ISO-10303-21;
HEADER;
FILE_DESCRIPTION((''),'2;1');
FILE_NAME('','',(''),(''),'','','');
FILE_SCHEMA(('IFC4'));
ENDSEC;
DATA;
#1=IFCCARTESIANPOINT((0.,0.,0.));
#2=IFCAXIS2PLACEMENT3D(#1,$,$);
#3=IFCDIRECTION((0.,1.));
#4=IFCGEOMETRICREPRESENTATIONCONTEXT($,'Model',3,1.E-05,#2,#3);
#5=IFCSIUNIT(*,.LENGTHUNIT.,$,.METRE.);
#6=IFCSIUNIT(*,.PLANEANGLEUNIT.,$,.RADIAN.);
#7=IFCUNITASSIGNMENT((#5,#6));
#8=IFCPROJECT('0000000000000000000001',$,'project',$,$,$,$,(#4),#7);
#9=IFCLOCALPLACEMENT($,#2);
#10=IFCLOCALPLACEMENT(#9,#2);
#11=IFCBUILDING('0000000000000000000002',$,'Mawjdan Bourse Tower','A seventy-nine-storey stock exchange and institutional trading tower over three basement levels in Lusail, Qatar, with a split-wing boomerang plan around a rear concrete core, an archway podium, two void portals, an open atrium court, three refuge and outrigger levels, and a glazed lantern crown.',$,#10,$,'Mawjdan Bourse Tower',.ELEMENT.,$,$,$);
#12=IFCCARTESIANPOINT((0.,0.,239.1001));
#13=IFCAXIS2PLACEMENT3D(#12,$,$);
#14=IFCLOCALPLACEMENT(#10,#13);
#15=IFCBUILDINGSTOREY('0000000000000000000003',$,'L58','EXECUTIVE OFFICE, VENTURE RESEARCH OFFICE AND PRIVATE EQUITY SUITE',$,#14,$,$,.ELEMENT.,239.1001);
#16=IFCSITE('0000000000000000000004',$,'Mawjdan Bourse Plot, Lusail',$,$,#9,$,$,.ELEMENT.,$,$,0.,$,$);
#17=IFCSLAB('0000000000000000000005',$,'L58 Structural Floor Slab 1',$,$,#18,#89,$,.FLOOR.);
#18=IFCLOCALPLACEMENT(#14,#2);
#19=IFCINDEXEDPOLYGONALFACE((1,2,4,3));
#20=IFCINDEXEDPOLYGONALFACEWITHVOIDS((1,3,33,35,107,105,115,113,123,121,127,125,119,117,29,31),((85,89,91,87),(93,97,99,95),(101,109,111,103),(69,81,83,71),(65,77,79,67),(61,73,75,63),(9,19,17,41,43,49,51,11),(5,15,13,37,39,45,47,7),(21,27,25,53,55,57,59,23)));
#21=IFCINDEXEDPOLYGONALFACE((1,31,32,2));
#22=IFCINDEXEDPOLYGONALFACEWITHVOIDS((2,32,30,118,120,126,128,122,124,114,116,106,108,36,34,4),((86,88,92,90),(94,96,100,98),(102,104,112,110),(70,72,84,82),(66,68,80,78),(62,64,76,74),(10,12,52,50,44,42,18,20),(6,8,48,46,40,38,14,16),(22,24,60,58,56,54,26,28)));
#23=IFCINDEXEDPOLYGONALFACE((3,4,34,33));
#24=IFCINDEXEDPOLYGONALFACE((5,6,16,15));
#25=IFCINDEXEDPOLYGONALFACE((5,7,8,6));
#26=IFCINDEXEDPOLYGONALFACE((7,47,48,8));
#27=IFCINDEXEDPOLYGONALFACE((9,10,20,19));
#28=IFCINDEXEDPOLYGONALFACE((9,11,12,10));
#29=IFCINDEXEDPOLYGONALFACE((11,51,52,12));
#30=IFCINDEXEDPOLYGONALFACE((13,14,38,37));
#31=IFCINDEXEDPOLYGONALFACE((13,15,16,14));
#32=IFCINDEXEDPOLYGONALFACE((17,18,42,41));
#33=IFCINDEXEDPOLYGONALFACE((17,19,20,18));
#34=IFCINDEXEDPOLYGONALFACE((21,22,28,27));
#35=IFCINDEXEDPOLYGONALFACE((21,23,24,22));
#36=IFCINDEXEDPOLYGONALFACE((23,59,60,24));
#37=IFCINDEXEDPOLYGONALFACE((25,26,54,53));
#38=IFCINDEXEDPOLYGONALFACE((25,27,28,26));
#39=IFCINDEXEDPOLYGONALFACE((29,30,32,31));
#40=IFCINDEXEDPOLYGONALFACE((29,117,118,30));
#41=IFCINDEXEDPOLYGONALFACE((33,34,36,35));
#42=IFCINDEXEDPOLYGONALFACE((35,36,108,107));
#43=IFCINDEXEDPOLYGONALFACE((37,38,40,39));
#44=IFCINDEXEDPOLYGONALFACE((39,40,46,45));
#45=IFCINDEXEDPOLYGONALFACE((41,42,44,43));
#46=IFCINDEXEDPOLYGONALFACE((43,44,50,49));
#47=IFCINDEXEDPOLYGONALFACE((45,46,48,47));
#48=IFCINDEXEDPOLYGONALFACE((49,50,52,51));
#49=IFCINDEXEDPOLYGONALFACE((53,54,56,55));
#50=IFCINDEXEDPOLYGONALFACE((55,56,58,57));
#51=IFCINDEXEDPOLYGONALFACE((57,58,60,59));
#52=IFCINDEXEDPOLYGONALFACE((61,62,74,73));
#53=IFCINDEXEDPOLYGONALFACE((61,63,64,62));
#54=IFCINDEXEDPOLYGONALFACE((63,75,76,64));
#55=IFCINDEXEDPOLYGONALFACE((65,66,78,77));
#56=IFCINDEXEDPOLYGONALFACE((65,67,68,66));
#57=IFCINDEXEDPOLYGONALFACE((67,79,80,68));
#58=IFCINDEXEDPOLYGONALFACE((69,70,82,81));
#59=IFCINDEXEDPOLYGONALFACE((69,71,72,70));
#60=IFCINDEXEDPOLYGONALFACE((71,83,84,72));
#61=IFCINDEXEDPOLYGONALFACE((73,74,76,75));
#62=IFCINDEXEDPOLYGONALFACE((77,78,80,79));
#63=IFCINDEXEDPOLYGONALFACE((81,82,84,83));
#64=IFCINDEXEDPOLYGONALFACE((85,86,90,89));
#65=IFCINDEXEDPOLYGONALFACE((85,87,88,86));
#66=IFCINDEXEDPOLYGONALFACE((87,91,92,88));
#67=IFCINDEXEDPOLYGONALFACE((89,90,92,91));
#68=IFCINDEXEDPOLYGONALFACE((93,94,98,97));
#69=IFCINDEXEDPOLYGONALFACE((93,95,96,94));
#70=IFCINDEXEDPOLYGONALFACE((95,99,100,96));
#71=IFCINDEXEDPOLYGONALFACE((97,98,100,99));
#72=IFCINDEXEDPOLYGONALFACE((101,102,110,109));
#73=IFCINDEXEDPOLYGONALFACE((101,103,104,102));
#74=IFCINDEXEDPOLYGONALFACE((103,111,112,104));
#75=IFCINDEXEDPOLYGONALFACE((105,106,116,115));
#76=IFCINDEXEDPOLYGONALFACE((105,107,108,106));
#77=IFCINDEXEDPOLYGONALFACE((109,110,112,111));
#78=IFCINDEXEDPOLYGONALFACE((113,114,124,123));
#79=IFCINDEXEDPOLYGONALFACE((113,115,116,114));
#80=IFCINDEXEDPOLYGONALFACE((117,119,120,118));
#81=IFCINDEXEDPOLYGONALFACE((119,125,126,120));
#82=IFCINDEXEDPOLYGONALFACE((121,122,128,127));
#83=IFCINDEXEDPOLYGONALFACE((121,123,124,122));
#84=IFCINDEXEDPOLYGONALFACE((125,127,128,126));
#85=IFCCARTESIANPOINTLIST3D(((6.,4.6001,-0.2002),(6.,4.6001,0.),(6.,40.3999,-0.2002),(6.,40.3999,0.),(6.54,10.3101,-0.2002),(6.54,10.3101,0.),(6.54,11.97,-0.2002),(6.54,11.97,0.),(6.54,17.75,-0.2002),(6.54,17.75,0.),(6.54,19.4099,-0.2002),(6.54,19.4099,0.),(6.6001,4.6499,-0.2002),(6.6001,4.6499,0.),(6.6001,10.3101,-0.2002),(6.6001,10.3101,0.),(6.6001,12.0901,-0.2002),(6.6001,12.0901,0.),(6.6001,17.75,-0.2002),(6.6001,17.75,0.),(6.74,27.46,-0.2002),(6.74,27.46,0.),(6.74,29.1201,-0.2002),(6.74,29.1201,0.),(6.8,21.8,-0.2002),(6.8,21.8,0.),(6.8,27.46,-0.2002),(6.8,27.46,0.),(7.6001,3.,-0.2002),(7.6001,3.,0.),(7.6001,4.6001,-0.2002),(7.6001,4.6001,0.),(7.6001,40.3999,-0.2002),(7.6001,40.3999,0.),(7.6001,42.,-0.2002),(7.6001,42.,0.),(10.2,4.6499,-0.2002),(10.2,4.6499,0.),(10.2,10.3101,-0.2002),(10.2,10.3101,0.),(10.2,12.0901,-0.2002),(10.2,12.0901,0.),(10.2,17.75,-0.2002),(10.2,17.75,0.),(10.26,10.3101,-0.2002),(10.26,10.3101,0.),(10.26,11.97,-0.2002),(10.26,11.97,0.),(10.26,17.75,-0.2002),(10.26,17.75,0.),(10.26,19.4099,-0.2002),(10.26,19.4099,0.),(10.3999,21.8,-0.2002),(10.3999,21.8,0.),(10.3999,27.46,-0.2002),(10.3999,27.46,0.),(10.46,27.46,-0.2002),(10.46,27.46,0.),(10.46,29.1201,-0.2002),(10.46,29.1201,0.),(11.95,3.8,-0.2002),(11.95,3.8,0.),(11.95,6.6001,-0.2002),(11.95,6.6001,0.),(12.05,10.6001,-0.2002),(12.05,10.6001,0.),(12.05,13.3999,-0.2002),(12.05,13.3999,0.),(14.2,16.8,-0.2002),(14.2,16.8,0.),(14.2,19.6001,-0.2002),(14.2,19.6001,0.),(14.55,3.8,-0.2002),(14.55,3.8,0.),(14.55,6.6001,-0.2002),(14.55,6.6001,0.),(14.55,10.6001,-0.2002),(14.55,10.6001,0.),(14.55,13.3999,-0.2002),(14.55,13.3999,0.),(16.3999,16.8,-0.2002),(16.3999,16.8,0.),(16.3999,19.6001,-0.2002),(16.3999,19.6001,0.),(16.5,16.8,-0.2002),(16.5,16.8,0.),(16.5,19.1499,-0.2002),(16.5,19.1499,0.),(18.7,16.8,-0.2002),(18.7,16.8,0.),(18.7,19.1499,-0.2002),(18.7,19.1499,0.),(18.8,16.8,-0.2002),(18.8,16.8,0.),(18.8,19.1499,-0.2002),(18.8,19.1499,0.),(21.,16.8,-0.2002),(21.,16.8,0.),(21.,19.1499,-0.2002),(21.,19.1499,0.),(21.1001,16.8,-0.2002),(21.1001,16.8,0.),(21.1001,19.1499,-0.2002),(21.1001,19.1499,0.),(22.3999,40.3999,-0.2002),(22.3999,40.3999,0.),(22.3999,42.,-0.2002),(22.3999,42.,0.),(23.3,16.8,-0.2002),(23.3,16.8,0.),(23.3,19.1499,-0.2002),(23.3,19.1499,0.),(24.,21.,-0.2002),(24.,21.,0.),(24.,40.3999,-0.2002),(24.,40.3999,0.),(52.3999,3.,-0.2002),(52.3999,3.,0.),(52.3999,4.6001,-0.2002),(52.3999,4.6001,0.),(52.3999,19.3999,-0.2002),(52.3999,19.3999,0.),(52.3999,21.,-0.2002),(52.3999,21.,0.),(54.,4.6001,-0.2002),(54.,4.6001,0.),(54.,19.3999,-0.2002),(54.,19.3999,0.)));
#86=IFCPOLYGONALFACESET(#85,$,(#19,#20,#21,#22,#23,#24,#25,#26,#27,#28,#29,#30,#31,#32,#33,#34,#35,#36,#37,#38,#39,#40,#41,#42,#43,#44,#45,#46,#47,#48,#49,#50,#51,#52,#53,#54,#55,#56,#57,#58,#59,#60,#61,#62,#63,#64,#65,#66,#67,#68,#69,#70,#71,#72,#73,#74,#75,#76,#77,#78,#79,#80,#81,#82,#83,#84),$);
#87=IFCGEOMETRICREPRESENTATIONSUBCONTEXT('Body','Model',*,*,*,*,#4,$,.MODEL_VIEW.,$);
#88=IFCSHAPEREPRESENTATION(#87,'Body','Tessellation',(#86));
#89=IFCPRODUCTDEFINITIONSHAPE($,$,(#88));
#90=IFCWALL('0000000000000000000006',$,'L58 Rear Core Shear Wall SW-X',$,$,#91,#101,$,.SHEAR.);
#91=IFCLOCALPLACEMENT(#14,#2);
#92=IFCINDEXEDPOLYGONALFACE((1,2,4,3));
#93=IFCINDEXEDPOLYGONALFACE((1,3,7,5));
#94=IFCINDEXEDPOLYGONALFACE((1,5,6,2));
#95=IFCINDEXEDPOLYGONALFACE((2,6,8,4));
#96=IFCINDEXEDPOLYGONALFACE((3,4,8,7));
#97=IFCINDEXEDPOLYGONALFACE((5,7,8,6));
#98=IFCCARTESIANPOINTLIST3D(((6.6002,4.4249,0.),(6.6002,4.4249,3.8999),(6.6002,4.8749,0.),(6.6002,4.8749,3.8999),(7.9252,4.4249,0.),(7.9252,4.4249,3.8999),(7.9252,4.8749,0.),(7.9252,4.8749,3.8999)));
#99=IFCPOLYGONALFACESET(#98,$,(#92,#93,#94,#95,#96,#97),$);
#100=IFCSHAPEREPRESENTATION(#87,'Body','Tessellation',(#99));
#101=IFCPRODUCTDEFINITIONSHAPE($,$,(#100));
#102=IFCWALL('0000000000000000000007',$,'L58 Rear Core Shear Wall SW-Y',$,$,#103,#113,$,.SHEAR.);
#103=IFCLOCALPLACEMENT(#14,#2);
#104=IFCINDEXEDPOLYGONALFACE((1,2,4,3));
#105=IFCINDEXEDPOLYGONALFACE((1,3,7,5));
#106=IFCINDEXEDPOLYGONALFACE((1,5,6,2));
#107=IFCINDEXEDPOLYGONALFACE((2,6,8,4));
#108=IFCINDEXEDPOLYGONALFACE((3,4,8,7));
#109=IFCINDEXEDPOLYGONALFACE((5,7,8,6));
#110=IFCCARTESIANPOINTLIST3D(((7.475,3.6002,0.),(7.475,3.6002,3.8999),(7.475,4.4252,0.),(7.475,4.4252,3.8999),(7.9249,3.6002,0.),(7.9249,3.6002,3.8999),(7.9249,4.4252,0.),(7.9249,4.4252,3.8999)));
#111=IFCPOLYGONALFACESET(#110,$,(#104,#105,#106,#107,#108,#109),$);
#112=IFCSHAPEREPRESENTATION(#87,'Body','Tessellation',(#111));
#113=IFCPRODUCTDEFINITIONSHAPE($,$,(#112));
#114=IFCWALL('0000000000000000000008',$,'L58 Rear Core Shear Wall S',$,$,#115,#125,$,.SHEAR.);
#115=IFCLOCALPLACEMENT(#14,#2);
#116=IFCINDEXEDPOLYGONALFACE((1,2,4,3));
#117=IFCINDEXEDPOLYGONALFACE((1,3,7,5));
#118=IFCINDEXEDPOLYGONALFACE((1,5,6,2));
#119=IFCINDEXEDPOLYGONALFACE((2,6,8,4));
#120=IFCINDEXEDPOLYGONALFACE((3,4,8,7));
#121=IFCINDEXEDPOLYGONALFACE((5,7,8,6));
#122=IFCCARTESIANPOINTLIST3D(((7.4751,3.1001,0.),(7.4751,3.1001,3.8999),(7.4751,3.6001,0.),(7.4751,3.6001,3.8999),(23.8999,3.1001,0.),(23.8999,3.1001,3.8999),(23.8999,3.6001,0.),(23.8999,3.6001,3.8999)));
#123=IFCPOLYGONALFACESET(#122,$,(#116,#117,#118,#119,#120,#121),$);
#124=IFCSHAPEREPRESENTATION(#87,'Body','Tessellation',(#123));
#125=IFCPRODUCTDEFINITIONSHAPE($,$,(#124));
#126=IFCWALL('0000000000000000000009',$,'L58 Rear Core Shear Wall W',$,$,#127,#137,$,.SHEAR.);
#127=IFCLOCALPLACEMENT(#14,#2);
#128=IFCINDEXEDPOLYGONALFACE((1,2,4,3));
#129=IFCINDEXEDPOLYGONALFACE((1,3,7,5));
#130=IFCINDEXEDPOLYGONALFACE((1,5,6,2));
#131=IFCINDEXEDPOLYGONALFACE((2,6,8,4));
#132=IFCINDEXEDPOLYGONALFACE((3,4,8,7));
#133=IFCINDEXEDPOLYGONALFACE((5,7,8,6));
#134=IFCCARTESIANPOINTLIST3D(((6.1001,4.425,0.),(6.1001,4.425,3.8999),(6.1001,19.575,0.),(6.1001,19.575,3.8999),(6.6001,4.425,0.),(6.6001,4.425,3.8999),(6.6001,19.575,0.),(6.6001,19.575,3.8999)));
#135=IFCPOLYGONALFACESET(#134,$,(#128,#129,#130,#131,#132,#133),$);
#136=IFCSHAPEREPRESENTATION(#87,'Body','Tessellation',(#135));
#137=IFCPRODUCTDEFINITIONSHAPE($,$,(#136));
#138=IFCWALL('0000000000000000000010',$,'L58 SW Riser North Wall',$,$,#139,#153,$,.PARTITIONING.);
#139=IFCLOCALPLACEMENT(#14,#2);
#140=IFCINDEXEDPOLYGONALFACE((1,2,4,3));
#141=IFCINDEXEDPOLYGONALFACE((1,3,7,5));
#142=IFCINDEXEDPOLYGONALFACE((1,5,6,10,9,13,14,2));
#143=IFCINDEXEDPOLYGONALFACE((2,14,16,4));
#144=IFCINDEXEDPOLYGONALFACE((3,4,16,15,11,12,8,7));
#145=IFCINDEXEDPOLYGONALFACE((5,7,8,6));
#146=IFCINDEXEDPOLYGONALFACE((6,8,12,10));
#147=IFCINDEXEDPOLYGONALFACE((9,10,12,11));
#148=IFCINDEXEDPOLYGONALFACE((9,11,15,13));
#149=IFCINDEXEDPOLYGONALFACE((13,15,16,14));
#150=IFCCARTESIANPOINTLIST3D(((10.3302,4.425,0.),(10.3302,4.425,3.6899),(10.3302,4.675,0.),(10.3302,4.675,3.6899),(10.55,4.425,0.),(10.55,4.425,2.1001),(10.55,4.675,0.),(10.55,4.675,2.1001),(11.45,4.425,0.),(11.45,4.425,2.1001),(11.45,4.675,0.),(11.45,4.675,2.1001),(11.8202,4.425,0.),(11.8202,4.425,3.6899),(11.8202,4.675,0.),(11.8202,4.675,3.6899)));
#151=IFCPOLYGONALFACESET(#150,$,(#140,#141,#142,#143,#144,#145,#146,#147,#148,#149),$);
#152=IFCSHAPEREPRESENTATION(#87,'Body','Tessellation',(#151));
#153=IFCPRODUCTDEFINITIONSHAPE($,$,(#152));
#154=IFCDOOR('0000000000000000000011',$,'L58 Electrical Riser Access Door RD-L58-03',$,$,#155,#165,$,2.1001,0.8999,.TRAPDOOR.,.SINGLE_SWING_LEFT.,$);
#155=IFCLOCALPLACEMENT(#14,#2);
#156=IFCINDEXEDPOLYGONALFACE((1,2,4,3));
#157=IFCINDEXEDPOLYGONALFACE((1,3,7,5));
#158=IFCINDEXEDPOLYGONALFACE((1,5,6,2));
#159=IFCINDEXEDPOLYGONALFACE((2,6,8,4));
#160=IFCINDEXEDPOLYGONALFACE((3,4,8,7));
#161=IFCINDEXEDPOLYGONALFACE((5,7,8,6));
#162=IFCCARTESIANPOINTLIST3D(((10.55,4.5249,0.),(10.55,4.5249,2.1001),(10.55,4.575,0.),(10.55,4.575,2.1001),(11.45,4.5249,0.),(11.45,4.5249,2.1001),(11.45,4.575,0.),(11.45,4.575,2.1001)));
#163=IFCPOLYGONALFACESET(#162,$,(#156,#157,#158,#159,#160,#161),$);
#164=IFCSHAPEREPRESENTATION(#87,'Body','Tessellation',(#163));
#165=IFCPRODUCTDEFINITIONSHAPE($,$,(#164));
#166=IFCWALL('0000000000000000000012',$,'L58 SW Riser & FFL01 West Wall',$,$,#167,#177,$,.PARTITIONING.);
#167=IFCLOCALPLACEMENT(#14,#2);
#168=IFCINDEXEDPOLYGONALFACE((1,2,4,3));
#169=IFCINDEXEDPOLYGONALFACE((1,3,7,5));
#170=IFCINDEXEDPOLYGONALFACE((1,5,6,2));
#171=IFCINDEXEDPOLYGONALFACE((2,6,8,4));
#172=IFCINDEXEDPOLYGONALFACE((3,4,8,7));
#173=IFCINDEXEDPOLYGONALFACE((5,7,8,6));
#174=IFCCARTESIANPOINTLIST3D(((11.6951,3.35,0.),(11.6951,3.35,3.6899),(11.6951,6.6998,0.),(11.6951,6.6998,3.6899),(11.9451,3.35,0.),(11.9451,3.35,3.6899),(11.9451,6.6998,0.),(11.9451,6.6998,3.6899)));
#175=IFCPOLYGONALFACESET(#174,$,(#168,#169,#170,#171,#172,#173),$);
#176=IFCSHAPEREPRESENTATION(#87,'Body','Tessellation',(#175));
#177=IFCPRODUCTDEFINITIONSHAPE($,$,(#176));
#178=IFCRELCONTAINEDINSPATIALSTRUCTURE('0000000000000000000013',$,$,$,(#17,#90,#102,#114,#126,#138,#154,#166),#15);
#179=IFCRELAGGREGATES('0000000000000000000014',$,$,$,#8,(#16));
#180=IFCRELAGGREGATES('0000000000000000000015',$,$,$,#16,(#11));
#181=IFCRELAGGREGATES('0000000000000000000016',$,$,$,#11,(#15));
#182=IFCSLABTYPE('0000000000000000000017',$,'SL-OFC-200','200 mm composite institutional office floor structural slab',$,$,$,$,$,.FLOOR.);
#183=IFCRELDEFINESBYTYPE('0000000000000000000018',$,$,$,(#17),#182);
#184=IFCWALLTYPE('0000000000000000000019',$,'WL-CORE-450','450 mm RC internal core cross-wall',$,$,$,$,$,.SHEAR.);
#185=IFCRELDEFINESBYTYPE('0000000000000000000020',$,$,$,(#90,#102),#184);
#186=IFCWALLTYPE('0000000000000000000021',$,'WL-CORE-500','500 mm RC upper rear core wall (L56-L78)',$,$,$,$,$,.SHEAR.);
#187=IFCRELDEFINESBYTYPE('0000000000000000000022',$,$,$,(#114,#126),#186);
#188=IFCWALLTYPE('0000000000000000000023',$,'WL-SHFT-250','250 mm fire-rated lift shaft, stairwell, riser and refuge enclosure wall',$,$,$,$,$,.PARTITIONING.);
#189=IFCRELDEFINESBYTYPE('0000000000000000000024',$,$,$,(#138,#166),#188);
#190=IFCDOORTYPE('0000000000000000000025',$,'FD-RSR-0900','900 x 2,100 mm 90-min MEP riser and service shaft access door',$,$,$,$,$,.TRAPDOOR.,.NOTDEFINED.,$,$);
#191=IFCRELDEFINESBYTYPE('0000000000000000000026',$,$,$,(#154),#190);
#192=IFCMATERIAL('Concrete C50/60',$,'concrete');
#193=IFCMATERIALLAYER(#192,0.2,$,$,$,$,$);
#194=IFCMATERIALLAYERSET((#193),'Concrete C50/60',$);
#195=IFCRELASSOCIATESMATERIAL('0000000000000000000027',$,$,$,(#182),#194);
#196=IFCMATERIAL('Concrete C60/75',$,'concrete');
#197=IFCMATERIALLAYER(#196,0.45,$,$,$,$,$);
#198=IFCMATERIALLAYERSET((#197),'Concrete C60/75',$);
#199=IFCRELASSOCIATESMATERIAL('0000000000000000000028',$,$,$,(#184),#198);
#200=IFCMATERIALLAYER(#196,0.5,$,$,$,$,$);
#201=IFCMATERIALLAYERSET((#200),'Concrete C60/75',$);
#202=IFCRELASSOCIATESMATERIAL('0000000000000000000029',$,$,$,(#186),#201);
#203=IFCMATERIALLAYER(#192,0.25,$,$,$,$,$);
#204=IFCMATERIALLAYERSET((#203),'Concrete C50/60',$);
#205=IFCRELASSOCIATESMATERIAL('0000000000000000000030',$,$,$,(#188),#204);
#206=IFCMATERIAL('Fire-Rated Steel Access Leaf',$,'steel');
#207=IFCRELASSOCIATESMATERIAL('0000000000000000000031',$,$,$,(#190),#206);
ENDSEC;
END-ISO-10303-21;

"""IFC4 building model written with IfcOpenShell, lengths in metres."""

from ifc_helpers import new_model, si_unit, direction, frame, frame_2d, origin, place, context, subcontext, project, spatial, polyline, rectangle, outline, extrude, material, layer, layer_set, type_object, element, fill, save


model = new_model("IFC4")

# Units and contexts
model_context = context("Model", 3, precision=1e-05, world=origin(), true_north=direction((0.0, 1.0)))
body_context = subcontext(model_context, "Body", "Model", "MODEL_VIEW")
ifc_project = project(units=[si_unit("LENGTHUNIT", "METRE"), si_unit("PLANEANGLEUNIT", "RADIAN")], contexts=[model_context])

# Site, building, storey
site_placement = place(None, origin())
site = spatial("IfcSite", under=ifc_project, at=site_placement, Name="Mawjdan Bourse Plot, Lusail", CompositionType="ELEMENT", RefElevation=0.0)
building_placement = place(site_placement, origin())
building = spatial("IfcBuilding", under=site, at=building_placement, Name="Mawjdan Bourse Tower", Description="A seventy-nine-storey stock exchange and institutional trading tower over three basement levels in Lusail, Qatar, with a split-wing boomerang plan around a rear concrete core, an archway podium, two void portals, an open atrium court, three refuge and outrigger levels, and a glazed lantern crown.", LongName="Mawjdan Bourse Tower", CompositionType="ELEMENT")
storey_placement = place(building_placement, frame((0.0, 0.0, 239.1001)))
storey = spatial("IfcBuildingStorey", under=building, at=storey_placement, Name="L58", Description="EXECUTIVE OFFICE, VENTURE RESEARCH OFFICE AND PRIVATE EQUITY SUITE", CompositionType="ELEMENT", Elevation=239.1001)

# Shared definitions
ifc_material_1 = material(Name="Concrete C50/60", Category="concrete")

# Slab
ifc_layer_1 = layer(ifc_material_1, 0.2)
ifc_layer_set_1 = layer_set([ifc_layer_1], Name="Concrete C50/60")
slab_type_1 = type_object("IfcSlabType", Name="SL-OFC-200", Description="200 mm composite institutional office floor structural slab", PredefinedType="FLOOR", material=ifc_layer_set_1)
slab_1_placement = place(storey_placement, frame((0.0, 0.0, -0.2002)))
element("IfcSlab", 1, at=slab_1_placement, inside=storey, type_object=slab_type_1, Name="L58 Structural Floor Slab 1", PredefinedType="FLOOR", context=body_context, shape_type="SweptSolid", body=[
    extrude(outline(polyline([(7.6001, 3.0), (52.3999, 3.0), (52.3999, 4.6001), (54.0, 4.6001), (54.0, 19.3999), (52.3999, 19.3999), (52.3999, 21.0), (24.0, 21.0), (24.0, 40.3999), (22.3999, 40.3999), (22.3999, 42.0), (7.6001, 42.0), (7.6001, 40.3999), (6.0, 40.3999), (6.0, 4.6001), (7.6001, 4.6001), (7.6001, 3.0)]), holes=[polyline([(6.54, 11.97), (10.26, 11.97), (10.26, 10.3101), (10.2, 10.3101), (10.2, 4.6499), (6.6001, 4.6499), (6.6001, 10.3101), (6.54, 10.3101), (6.54, 11.97)]), polyline([(6.6001, 12.0901), (6.6001, 17.75), (6.54, 17.75), (6.54, 19.4099), (10.26, 19.4099), (10.26, 17.75), (10.2, 17.75), (10.2, 12.0901), (6.6001, 12.0901)]), polyline([(10.46, 29.1201), (10.46, 27.46), (10.3999, 27.46), (10.3999, 21.8), (6.8, 21.8), (6.8, 27.46), (6.74, 27.46), (6.74, 29.1201), (10.46, 29.1201)]), polyline([(14.55, 3.8), (11.95, 3.8), (11.95, 6.6001), (14.55, 6.6001), (14.55, 3.8)]), polyline([(12.05, 10.6001), (12.05, 13.3999), (14.55, 13.3999), (14.55, 10.6001), (12.05, 10.6001)]), polyline([(16.5, 16.8), (16.5, 19.1499), (18.7, 19.1499), (18.7, 16.8), (16.5, 16.8)]), polyline([(21.0, 16.8), (18.8, 16.8), (18.8, 19.1499), (21.0, 19.1499), (21.0, 16.8)]), polyline([(21.1001, 16.8), (21.1001, 19.1499), (23.3, 19.1499), (23.3, 16.8), (21.1001, 16.8)]), polyline([(14.2, 16.8), (14.2, 19.6001), (16.3999, 19.6001), (16.3999, 16.8), (14.2, 16.8)])]), origin(), (0.0, 0.0, 1.0), 0.2002),
])

# Walls
ifc_material_2 = material(Name="Concrete C60/75", Category="concrete")
ifc_layer_2 = layer(ifc_material_2, 0.45)
ifc_layer_set_2 = layer_set([ifc_layer_2], Name="Concrete C60/75")
wall_type_1 = type_object("IfcWallType", Name="WL-CORE-450", Description="450 mm RC internal core cross-wall", PredefinedType="SHEAR", material=ifc_layer_set_2)
wall_1_placement = place(storey_placement, frame((6.6001, 4.6499, 0.0), z_axis=(0.0, 0.0, 1.0), x_axis=(1.0, 0.0, 0.0)))
element("IfcWall", 2, at=wall_1_placement, inside=storey, type_object=wall_type_1, Name="L58 Rear Core Shear Wall SW-X", PredefinedType="SHEAR", context=body_context, shape_type="SweptSolid", body=[
    extrude(rectangle(XDim=1.325, YDim=0.45, at=frame_2d((0.6626, 0.0))), origin(), (0.0, 0.0, 1.0), 3.8999),
])
wall_2_placement = place(storey_placement, frame((7.7, 3.6001, 0.0), z_axis=(0.0, 0.0, 1.0), x_axis=(0.0, 1.0, 0.0)))
element("IfcWall", 3, at=wall_2_placement, inside=storey, type_object=wall_type_1, Name="L58 Rear Core Shear Wall SW-Y", PredefinedType="SHEAR", context=body_context, shape_type="SweptSolid", body=[
    extrude(rectangle(XDim=0.825, YDim=0.45, at=frame_2d((0.4126, 0.0))), origin(), (0.0, 0.0, 1.0), 3.8999),
])
ifc_layer_3 = layer(ifc_material_2, 0.5)
ifc_layer_set_3 = layer_set([ifc_layer_3], Name="Concrete C60/75")
wall_type_2 = type_object("IfcWallType", Name="WL-CORE-500", Description="500 mm RC upper rear core wall (L56-L78)", PredefinedType="SHEAR", material=ifc_layer_set_3)
wall_3_placement = place(storey_placement, frame((7.4751, 3.3501, 0.0), z_axis=(0.0, 0.0, 1.0), x_axis=(1.0, 0.0, 0.0)))
element("IfcWall", 4, at=wall_3_placement, inside=storey, type_object=wall_type_2, Name="L58 Rear Core Shear Wall S", PredefinedType="SHEAR", context=body_context, shape_type="SweptSolid", body=[
    extrude(rectangle(XDim=16.4248, YDim=0.5, at=frame_2d((8.2124, 0.0))), origin(), (0.0, 0.0, 1.0), 3.8999),
])
wall_4_placement = place(storey_placement, frame((6.3501, 4.425, 0.0), z_axis=(0.0, 0.0, 1.0), x_axis=(0.0, 1.0, 0.0)))
element("IfcWall", 5, at=wall_4_placement, inside=storey, type_object=wall_type_2, Name="L58 Rear Core Shear Wall W", PredefinedType="SHEAR", context=body_context, shape_type="SweptSolid", body=[
    extrude(rectangle(XDim=15.1499, YDim=0.5, at=frame_2d((7.575, 0.0))), origin(), (0.0, 0.0, 1.0), 3.8999),
])

# Wall, opening, door
ifc_layer_4 = layer(ifc_material_1, 0.25)
ifc_layer_set_4 = layer_set([ifc_layer_4], Name="Concrete C50/60")
wall_type_3 = type_object("IfcWallType", Name="WL-SHFT-250", Description="250 mm fire-rated lift shaft, stairwell, riser and refuge enclosure wall", PredefinedType="PARTITIONING", material=ifc_layer_set_4)
wall_5_placement = place(storey_placement, frame((10.3301, 4.55, 0.0), z_axis=(0.0, 0.0, 1.0), x_axis=(1.0, 0.0, 0.0)))
wall_5 = element("IfcWall", 6, at=wall_5_placement, inside=storey, type_object=wall_type_3, Name="L58 SW Riser North Wall", PredefinedType="PARTITIONING", context=body_context, shape_type="SweptSolid", body=[
    extrude(rectangle(XDim=1.49, YDim=0.25, at=frame_2d((0.7451, 0.0))), origin(), (0.0, 0.0, 1.0), 3.6899),
])
opening_1_placement = place(wall_5_placement, frame((0.22, 0.0, 0.0)))
opening_1 = element("IfcOpeningElement", 7, at=opening_1_placement, cuts=wall_5, PredefinedType="OPENING", context=body_context, shape_type="SweptSolid", body=[
    extrude(rectangle(XDim=0.8999, YDim=2.1001, at=frame_2d((0.45, 1.05))), frame((0.0, 0.135, 0.0), z_axis=(0.0, -1.0, 0.0), x_axis=(1.0, 0.0, 0.0)), (0.0, 0.0, 1.0), 0.27),
])
ifc_material_3 = material(Name="Fire-Rated Steel Access Leaf", Category="steel")
door_type_1 = type_object("IfcDoorType", Name="FD-RSR-0900", Description="900 x 2,100 mm 90-min MEP riser and service shaft access door", OperationType="NOTDEFINED", PredefinedType="TRAPDOOR", material=ifc_material_3)
door_1_placement = place(opening_1_placement, origin())
door_1 = element("IfcDoor", 8, at=door_1_placement, inside=storey, type_object=door_type_1, Name="L58 Electrical Riser Access Door RD-L58-03", OperationType="SINGLE_SWING_LEFT", OverallHeight=2.1001, OverallWidth=0.8999, PredefinedType="TRAPDOOR", context=body_context, shape_type="SweptSolid", body=[
    extrude(rectangle(XDim=0.8999, YDim=2.1001, at=frame_2d((0.45, 1.05))), frame((0.0, 0.0249, 0.0), z_axis=(0.0, -1.0, 0.0), x_axis=(1.0, 0.0, 0.0)), (0.0, 0.0, 1.0), 0.05),
])
fill(opening_1, door_1)

# Wall
wall_6_placement = place(storey_placement, frame((11.8201, 3.3501, 0.0), z_axis=(0.0, 0.0, 1.0), x_axis=(0.0, 1.0, 0.0)))
element("IfcWall", 9, at=wall_6_placement, inside=storey, type_object=wall_type_3, Name="L58 SW Riser & FFL01 West Wall", PredefinedType="PARTITIONING", context=body_context, shape_type="SweptSolid", body=[
    extrude(rectangle(XDim=3.3499, YDim=0.25, at=frame_2d((1.6748, 0.0))), origin(), (0.0, 0.0, 1.0), 3.6899),
])

save(model, "model.ifc")
